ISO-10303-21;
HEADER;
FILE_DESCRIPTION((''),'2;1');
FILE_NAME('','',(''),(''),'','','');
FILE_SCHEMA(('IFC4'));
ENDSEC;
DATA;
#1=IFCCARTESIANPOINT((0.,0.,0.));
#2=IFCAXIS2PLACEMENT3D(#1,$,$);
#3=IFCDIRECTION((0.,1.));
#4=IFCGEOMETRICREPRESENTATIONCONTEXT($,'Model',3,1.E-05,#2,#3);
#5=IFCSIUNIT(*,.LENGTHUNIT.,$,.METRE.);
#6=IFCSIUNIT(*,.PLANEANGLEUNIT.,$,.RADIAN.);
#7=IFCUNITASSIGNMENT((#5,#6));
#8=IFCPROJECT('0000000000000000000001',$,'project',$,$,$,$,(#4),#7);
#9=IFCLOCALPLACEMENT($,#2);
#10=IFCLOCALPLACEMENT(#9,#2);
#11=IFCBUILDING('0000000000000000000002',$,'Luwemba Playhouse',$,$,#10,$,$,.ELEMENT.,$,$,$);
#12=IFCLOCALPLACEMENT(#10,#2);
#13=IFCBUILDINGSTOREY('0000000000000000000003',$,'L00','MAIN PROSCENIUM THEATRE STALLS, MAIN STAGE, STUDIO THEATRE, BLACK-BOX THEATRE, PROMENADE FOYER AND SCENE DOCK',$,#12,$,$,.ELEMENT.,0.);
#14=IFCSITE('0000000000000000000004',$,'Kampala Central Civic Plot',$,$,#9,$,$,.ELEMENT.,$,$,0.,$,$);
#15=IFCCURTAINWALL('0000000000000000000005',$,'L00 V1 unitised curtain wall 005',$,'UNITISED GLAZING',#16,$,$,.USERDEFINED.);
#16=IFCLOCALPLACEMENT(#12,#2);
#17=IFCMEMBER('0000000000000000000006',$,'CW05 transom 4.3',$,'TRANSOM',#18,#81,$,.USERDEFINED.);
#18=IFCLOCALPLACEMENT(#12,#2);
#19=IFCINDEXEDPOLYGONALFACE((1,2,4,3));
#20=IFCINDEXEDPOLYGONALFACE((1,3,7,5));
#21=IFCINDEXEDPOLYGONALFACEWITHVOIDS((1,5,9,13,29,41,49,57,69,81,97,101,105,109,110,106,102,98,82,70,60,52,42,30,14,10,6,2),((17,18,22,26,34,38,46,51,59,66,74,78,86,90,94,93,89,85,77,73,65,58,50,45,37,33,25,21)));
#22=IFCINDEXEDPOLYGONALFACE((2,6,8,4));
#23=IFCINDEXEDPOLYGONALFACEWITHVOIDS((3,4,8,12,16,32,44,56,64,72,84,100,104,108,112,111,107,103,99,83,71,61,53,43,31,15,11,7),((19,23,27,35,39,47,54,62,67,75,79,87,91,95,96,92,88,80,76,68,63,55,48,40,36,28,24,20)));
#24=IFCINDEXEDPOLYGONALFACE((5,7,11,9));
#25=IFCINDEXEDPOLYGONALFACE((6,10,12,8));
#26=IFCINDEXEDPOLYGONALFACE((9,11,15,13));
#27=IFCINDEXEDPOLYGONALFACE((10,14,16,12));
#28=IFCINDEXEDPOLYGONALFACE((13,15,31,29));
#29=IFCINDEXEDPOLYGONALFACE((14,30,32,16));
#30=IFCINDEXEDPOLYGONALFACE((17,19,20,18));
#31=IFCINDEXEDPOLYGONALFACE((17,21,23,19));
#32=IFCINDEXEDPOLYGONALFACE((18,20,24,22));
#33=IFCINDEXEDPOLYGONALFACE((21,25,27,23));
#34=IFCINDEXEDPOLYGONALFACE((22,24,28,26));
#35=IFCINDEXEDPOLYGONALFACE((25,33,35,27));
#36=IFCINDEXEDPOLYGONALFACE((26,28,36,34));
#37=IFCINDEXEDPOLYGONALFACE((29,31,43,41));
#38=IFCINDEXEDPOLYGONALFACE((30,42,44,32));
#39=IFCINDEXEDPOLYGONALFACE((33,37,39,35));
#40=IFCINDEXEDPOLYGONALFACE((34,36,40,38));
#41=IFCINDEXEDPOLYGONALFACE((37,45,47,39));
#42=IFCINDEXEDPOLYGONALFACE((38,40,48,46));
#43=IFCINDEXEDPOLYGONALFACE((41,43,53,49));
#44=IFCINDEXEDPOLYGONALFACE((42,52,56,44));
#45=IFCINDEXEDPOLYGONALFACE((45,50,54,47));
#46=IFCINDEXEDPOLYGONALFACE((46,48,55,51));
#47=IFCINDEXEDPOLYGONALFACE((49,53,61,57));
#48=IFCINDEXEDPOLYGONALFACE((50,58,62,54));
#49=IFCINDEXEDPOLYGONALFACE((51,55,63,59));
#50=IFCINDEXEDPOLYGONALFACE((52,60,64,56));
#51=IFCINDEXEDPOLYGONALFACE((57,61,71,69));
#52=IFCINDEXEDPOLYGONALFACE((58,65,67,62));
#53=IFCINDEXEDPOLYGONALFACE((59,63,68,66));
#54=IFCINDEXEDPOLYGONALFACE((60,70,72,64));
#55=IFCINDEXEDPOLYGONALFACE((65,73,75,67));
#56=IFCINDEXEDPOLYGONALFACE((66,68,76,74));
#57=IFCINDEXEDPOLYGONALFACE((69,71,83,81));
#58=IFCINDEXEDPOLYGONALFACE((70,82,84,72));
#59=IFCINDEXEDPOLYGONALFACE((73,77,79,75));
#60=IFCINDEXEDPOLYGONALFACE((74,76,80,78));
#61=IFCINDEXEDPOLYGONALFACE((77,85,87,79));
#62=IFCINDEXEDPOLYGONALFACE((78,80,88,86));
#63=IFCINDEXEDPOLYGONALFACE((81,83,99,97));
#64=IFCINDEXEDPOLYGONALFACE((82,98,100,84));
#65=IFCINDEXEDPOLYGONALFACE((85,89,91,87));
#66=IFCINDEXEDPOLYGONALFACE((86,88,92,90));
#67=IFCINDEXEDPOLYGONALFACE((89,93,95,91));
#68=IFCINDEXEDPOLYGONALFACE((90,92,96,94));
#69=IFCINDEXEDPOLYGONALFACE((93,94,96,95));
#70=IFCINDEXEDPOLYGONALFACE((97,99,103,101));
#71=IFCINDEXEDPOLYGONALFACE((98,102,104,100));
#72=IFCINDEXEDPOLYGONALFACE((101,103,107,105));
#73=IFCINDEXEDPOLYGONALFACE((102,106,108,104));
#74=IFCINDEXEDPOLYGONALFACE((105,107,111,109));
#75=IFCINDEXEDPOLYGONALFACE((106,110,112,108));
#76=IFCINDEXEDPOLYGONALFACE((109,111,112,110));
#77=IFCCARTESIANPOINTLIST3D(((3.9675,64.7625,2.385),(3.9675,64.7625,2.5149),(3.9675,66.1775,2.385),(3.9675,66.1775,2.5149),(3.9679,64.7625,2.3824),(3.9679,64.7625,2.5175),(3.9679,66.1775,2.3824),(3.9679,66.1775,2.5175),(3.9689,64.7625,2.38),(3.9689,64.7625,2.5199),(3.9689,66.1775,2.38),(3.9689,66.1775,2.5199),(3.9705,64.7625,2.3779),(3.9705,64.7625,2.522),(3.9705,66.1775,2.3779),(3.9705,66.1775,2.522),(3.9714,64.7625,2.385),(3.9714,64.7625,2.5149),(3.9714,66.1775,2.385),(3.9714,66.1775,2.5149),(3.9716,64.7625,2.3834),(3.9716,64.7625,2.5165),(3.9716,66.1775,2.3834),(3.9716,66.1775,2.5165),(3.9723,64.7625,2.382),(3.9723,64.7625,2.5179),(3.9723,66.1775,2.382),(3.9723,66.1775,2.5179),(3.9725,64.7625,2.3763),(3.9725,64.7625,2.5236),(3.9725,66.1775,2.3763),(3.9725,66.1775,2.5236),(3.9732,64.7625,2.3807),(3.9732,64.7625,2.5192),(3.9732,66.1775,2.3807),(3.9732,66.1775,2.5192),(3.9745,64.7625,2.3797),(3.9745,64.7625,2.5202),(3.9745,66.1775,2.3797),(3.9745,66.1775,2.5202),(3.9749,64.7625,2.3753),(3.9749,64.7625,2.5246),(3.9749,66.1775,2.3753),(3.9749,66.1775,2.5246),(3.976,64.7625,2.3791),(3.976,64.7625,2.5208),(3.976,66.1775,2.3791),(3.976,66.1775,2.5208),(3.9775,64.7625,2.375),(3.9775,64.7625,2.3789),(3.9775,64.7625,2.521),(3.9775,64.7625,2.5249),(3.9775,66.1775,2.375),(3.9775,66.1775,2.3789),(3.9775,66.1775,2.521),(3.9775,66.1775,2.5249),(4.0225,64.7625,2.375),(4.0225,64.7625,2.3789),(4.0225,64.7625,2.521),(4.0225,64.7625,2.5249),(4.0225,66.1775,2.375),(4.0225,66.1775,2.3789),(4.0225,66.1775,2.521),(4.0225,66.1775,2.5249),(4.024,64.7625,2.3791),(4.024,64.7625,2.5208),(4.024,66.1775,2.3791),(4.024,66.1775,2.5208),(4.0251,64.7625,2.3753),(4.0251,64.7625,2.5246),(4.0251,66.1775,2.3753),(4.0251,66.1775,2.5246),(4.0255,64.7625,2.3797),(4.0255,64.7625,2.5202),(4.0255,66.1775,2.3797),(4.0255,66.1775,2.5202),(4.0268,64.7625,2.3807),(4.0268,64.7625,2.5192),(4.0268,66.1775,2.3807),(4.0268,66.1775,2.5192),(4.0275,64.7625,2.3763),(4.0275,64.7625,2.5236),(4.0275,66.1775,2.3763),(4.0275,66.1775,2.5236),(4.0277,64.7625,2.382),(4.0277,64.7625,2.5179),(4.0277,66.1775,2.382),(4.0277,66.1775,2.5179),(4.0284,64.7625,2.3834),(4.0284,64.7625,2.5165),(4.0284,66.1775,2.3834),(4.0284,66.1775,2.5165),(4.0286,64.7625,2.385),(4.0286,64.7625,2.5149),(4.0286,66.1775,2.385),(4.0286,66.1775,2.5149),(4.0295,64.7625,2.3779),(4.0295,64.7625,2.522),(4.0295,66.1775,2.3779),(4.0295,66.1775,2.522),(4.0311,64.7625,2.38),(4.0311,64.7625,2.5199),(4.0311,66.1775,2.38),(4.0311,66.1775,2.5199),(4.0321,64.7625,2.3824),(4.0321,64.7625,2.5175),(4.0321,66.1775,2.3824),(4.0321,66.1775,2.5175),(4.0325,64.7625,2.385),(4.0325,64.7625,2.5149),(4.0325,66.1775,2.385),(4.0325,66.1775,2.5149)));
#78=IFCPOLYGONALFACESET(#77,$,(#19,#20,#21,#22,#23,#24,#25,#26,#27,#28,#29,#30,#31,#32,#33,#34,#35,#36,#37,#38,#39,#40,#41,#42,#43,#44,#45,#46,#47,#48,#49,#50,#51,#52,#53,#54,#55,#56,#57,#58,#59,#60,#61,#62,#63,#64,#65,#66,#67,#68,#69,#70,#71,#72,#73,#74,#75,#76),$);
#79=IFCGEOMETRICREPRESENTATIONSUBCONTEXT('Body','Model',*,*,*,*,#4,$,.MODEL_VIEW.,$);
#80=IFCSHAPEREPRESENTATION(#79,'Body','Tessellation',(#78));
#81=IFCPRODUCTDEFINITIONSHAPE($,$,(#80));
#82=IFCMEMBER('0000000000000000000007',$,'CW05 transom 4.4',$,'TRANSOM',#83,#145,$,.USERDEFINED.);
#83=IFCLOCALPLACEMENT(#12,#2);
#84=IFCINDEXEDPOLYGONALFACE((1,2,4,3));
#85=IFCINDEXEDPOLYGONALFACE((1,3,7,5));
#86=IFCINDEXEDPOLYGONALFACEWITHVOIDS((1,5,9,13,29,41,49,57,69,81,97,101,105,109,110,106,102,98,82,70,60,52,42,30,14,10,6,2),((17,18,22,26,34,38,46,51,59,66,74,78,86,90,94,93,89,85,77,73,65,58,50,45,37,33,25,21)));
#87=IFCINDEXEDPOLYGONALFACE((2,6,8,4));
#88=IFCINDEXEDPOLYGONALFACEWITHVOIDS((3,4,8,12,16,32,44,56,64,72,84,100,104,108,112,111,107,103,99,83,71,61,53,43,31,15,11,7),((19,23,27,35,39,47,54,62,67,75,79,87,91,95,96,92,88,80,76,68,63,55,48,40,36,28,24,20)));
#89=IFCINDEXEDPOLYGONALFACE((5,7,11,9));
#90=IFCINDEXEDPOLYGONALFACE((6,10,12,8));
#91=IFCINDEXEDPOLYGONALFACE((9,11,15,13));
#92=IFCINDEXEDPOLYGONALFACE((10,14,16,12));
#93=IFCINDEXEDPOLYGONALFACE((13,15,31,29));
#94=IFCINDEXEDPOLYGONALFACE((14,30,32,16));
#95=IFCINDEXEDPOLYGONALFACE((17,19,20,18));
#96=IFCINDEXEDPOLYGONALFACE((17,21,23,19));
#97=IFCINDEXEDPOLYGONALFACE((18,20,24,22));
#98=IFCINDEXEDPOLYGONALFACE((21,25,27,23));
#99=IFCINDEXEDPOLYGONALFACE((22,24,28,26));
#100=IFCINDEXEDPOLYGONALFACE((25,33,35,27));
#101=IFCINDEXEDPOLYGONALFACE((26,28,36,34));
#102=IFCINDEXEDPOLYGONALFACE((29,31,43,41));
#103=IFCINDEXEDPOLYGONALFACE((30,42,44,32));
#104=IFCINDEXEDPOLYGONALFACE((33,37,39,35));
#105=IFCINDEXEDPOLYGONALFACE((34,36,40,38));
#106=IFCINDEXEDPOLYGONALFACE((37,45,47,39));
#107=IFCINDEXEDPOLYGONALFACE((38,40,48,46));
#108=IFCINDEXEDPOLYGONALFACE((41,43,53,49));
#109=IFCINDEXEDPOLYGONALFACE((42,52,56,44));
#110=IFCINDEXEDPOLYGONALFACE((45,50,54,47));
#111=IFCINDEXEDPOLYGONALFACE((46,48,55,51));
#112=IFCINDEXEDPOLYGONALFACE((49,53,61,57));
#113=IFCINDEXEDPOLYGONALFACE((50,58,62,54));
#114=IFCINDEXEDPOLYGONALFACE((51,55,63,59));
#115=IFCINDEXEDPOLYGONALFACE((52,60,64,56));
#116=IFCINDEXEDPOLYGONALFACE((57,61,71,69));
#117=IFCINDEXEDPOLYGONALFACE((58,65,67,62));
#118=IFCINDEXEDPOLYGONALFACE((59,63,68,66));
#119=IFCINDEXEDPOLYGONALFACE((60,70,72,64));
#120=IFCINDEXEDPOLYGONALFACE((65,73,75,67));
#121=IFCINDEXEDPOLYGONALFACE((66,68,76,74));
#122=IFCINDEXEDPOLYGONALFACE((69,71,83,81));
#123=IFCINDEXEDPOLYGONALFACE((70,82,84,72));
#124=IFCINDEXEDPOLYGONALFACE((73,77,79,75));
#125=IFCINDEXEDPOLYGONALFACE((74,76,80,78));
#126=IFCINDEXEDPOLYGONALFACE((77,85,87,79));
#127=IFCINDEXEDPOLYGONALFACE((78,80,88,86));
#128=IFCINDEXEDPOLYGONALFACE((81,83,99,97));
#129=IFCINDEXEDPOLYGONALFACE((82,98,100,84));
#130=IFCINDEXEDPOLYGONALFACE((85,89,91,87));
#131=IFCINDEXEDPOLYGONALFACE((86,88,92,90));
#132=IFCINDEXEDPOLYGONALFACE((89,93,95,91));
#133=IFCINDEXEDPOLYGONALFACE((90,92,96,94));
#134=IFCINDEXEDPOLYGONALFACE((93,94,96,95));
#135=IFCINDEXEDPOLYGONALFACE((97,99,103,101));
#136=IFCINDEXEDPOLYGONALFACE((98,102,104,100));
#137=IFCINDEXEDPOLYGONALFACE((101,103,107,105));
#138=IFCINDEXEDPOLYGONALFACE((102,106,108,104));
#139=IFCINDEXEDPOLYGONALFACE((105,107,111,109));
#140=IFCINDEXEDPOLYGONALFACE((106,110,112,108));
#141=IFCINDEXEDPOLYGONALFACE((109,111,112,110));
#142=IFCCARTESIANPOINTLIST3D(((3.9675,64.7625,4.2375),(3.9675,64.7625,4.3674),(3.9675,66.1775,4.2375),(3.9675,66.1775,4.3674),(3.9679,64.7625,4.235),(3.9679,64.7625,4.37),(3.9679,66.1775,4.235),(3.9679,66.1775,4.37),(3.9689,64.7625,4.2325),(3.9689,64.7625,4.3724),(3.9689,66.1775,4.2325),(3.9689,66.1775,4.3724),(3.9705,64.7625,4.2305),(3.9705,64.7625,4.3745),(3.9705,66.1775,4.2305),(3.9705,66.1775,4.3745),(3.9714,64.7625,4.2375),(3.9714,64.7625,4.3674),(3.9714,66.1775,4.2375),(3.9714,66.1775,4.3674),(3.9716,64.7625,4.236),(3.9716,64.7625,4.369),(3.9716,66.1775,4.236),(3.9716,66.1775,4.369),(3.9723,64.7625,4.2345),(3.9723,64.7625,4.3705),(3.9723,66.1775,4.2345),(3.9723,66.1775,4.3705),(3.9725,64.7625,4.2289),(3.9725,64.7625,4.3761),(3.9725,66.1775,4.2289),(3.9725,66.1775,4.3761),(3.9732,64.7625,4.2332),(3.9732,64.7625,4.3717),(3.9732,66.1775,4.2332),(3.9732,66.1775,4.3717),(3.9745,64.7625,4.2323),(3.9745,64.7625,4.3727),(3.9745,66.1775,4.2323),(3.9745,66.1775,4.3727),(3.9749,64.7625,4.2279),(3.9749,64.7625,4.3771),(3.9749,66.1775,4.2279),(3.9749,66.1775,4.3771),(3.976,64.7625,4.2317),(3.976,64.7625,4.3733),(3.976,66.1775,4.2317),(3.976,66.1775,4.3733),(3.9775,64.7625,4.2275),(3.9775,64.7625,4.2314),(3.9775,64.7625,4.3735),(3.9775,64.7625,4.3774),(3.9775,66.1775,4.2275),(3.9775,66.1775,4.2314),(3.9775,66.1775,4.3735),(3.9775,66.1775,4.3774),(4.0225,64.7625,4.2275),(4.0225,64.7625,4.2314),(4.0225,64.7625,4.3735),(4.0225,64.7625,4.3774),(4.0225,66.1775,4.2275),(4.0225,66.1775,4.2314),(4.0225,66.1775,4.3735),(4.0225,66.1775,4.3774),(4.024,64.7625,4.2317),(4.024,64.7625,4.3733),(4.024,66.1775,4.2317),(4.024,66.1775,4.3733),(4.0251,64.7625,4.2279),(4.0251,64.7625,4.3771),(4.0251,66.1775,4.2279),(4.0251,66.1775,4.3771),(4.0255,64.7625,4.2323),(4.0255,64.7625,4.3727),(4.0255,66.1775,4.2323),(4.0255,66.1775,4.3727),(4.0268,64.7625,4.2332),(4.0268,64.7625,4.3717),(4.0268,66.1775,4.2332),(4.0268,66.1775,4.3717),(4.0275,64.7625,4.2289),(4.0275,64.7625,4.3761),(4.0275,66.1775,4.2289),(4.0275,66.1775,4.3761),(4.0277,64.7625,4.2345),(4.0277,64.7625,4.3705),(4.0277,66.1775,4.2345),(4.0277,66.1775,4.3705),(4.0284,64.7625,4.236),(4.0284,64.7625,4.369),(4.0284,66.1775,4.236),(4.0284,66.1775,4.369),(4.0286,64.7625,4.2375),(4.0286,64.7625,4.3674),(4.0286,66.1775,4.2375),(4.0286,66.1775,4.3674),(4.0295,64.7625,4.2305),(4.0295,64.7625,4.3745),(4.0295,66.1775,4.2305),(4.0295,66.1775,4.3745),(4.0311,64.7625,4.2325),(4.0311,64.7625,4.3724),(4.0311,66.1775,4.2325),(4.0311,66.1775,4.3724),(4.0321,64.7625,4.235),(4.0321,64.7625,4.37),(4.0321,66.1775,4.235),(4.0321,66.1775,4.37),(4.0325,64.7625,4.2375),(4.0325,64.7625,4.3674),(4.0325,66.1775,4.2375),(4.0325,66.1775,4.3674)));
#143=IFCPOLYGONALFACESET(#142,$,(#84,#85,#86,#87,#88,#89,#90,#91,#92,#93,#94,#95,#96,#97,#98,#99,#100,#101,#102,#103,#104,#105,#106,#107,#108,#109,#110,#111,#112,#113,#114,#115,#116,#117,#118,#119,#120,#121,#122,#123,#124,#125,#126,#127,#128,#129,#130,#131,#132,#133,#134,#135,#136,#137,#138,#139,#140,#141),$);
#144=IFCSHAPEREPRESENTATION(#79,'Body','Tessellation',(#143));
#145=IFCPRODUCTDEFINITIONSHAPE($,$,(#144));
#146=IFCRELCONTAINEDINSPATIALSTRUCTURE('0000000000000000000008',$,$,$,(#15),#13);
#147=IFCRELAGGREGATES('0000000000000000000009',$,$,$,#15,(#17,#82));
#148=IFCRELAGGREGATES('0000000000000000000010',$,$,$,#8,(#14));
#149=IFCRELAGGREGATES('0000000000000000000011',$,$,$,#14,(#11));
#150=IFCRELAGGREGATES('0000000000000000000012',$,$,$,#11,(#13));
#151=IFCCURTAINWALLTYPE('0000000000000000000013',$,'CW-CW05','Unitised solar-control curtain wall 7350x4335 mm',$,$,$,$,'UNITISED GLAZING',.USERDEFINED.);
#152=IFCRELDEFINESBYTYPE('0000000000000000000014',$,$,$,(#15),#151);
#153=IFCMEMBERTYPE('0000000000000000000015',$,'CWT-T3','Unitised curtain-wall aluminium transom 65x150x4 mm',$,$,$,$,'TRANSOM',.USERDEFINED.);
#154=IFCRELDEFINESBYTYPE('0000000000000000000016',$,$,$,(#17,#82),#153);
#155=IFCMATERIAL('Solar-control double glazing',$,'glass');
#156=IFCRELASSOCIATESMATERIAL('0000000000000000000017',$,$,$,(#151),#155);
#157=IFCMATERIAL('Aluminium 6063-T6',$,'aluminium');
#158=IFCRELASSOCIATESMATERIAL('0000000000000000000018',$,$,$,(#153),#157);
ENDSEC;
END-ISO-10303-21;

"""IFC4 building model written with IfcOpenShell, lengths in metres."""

from ifc_helpers import new_model, si_unit, direction, frame, origin, origin_2d, place, context, subcontext, project, spatial, hollow_rectangle, extrude, material, material_profile, profile_set, type_object, element, aggregate, save


model = new_model("IFC4")

# Units and contexts
model_context = context("Model", 3, precision=1e-05, world=origin(), true_north=direction((0.0, 1.0)))
body_context = subcontext(model_context, "Body", "Model", "MODEL_VIEW")
ifc_project = project(units=[si_unit("LENGTHUNIT", "METRE"), si_unit("PLANEANGLEUNIT", "RADIAN")], contexts=[model_context])

# Site, building, storey
site_placement = place(None, origin())
site = spatial("IfcSite", under=ifc_project, at=site_placement, Name="Kampala Central Civic Plot", CompositionType="ELEMENT", RefElevation=0.0)
building_placement = place(site_placement, origin())
building = spatial("IfcBuilding", under=site, at=building_placement, Name="Luwemba Playhouse", CompositionType="ELEMENT")
storey_placement = place(building_placement, origin())
storey = spatial("IfcBuildingStorey", under=building, at=storey_placement, Name="L00", Description="MAIN PROSCENIUM THEATRE STALLS, MAIN STAGE, STUDIO THEATRE, BLACK-BOX THEATRE, PROMENADE FOYER AND SCENE DOCK", CompositionType="ELEMENT", Elevation=0.0)

# Curtain wall, members
ifc_material_1 = material(Name="Solar-control double glazing", Category="glass")
curtain_wall_type = type_object("IfcCurtainWallType", Name="CW-CW05", Description="Unitised solar-control curtain wall 7350x4335 mm", ElementType="UNITISED GLAZING", PredefinedType="USERDEFINED", material=ifc_material_1)
curtain_wall_placement = place(storey_placement, origin())
curtain_wall = element("IfcCurtainWall", 1, at=curtain_wall_placement, inside=storey, type_object=curtain_wall_type, Name="L00 V1 unitised curtain wall 005", ObjectType="UNITISED GLAZING", PredefinedType="USERDEFINED")
ifc_material_2 = material(Name="Aluminium 6063-T6", Category="aluminium")
ifc_material_profile_1 = material_profile(ifc_material_2, hollow_rectangle(XDim=0.0649, YDim=0.1499, WallThickness=0.0039, InnerFilletRadius=0.0061, OuterFilletRadius=0.01, at=origin_2d()))
ifc_profile_set_1 = profile_set([ifc_material_profile_1], Name="Aluminium 6063-T6")
member_type_1 = type_object("IfcMemberType", Name="CWT-T3", Description="Unitised curtain-wall aluminium transom 65x150x4 mm", ElementType="TRANSOM", PredefinedType="USERDEFINED", material=ifc_profile_set_1)
member_1_placement = place(storey_placement, frame((4.0, 64.7625, 2.45), z_axis=(0.0, 1.0, 0.0), x_axis=(-1.0, 0.0, 0.0)))
member_1 = element("IfcMember", 2, at=member_1_placement, type_object=member_type_1, Name="CW05 transom 4.3", ObjectType="TRANSOM", PredefinedType="USERDEFINED", context=body_context, shape_type="SweptSolid", body=[
    extrude(hollow_rectangle(XDim=0.0649, YDim=0.1499, WallThickness=0.0039, InnerFilletRadius=0.0061, OuterFilletRadius=0.01, at=origin_2d()), origin(), (0.0, 0.0, 1.0), 1.415),
])
member_2_placement = place(storey_placement, frame((4.0, 64.7625, 4.3025), z_axis=(0.0, 1.0, 0.0), x_axis=(-1.0, 0.0, 0.0)))
member_2 = element("IfcMember", 3, at=member_2_placement, type_object=member_type_1, Name="CW05 transom 4.4", ObjectType="TRANSOM", PredefinedType="USERDEFINED", context=body_context, shape_type="SweptSolid", body=[
    extrude(hollow_rectangle(XDim=0.0649, YDim=0.1499, WallThickness=0.0039, InnerFilletRadius=0.0061, OuterFilletRadius=0.01, at=origin_2d()), origin(), (0.0, 0.0, 1.0), 1.415),
])
aggregate(curtain_wall, [member_1, member_2])

save(model, "model.ifc")
